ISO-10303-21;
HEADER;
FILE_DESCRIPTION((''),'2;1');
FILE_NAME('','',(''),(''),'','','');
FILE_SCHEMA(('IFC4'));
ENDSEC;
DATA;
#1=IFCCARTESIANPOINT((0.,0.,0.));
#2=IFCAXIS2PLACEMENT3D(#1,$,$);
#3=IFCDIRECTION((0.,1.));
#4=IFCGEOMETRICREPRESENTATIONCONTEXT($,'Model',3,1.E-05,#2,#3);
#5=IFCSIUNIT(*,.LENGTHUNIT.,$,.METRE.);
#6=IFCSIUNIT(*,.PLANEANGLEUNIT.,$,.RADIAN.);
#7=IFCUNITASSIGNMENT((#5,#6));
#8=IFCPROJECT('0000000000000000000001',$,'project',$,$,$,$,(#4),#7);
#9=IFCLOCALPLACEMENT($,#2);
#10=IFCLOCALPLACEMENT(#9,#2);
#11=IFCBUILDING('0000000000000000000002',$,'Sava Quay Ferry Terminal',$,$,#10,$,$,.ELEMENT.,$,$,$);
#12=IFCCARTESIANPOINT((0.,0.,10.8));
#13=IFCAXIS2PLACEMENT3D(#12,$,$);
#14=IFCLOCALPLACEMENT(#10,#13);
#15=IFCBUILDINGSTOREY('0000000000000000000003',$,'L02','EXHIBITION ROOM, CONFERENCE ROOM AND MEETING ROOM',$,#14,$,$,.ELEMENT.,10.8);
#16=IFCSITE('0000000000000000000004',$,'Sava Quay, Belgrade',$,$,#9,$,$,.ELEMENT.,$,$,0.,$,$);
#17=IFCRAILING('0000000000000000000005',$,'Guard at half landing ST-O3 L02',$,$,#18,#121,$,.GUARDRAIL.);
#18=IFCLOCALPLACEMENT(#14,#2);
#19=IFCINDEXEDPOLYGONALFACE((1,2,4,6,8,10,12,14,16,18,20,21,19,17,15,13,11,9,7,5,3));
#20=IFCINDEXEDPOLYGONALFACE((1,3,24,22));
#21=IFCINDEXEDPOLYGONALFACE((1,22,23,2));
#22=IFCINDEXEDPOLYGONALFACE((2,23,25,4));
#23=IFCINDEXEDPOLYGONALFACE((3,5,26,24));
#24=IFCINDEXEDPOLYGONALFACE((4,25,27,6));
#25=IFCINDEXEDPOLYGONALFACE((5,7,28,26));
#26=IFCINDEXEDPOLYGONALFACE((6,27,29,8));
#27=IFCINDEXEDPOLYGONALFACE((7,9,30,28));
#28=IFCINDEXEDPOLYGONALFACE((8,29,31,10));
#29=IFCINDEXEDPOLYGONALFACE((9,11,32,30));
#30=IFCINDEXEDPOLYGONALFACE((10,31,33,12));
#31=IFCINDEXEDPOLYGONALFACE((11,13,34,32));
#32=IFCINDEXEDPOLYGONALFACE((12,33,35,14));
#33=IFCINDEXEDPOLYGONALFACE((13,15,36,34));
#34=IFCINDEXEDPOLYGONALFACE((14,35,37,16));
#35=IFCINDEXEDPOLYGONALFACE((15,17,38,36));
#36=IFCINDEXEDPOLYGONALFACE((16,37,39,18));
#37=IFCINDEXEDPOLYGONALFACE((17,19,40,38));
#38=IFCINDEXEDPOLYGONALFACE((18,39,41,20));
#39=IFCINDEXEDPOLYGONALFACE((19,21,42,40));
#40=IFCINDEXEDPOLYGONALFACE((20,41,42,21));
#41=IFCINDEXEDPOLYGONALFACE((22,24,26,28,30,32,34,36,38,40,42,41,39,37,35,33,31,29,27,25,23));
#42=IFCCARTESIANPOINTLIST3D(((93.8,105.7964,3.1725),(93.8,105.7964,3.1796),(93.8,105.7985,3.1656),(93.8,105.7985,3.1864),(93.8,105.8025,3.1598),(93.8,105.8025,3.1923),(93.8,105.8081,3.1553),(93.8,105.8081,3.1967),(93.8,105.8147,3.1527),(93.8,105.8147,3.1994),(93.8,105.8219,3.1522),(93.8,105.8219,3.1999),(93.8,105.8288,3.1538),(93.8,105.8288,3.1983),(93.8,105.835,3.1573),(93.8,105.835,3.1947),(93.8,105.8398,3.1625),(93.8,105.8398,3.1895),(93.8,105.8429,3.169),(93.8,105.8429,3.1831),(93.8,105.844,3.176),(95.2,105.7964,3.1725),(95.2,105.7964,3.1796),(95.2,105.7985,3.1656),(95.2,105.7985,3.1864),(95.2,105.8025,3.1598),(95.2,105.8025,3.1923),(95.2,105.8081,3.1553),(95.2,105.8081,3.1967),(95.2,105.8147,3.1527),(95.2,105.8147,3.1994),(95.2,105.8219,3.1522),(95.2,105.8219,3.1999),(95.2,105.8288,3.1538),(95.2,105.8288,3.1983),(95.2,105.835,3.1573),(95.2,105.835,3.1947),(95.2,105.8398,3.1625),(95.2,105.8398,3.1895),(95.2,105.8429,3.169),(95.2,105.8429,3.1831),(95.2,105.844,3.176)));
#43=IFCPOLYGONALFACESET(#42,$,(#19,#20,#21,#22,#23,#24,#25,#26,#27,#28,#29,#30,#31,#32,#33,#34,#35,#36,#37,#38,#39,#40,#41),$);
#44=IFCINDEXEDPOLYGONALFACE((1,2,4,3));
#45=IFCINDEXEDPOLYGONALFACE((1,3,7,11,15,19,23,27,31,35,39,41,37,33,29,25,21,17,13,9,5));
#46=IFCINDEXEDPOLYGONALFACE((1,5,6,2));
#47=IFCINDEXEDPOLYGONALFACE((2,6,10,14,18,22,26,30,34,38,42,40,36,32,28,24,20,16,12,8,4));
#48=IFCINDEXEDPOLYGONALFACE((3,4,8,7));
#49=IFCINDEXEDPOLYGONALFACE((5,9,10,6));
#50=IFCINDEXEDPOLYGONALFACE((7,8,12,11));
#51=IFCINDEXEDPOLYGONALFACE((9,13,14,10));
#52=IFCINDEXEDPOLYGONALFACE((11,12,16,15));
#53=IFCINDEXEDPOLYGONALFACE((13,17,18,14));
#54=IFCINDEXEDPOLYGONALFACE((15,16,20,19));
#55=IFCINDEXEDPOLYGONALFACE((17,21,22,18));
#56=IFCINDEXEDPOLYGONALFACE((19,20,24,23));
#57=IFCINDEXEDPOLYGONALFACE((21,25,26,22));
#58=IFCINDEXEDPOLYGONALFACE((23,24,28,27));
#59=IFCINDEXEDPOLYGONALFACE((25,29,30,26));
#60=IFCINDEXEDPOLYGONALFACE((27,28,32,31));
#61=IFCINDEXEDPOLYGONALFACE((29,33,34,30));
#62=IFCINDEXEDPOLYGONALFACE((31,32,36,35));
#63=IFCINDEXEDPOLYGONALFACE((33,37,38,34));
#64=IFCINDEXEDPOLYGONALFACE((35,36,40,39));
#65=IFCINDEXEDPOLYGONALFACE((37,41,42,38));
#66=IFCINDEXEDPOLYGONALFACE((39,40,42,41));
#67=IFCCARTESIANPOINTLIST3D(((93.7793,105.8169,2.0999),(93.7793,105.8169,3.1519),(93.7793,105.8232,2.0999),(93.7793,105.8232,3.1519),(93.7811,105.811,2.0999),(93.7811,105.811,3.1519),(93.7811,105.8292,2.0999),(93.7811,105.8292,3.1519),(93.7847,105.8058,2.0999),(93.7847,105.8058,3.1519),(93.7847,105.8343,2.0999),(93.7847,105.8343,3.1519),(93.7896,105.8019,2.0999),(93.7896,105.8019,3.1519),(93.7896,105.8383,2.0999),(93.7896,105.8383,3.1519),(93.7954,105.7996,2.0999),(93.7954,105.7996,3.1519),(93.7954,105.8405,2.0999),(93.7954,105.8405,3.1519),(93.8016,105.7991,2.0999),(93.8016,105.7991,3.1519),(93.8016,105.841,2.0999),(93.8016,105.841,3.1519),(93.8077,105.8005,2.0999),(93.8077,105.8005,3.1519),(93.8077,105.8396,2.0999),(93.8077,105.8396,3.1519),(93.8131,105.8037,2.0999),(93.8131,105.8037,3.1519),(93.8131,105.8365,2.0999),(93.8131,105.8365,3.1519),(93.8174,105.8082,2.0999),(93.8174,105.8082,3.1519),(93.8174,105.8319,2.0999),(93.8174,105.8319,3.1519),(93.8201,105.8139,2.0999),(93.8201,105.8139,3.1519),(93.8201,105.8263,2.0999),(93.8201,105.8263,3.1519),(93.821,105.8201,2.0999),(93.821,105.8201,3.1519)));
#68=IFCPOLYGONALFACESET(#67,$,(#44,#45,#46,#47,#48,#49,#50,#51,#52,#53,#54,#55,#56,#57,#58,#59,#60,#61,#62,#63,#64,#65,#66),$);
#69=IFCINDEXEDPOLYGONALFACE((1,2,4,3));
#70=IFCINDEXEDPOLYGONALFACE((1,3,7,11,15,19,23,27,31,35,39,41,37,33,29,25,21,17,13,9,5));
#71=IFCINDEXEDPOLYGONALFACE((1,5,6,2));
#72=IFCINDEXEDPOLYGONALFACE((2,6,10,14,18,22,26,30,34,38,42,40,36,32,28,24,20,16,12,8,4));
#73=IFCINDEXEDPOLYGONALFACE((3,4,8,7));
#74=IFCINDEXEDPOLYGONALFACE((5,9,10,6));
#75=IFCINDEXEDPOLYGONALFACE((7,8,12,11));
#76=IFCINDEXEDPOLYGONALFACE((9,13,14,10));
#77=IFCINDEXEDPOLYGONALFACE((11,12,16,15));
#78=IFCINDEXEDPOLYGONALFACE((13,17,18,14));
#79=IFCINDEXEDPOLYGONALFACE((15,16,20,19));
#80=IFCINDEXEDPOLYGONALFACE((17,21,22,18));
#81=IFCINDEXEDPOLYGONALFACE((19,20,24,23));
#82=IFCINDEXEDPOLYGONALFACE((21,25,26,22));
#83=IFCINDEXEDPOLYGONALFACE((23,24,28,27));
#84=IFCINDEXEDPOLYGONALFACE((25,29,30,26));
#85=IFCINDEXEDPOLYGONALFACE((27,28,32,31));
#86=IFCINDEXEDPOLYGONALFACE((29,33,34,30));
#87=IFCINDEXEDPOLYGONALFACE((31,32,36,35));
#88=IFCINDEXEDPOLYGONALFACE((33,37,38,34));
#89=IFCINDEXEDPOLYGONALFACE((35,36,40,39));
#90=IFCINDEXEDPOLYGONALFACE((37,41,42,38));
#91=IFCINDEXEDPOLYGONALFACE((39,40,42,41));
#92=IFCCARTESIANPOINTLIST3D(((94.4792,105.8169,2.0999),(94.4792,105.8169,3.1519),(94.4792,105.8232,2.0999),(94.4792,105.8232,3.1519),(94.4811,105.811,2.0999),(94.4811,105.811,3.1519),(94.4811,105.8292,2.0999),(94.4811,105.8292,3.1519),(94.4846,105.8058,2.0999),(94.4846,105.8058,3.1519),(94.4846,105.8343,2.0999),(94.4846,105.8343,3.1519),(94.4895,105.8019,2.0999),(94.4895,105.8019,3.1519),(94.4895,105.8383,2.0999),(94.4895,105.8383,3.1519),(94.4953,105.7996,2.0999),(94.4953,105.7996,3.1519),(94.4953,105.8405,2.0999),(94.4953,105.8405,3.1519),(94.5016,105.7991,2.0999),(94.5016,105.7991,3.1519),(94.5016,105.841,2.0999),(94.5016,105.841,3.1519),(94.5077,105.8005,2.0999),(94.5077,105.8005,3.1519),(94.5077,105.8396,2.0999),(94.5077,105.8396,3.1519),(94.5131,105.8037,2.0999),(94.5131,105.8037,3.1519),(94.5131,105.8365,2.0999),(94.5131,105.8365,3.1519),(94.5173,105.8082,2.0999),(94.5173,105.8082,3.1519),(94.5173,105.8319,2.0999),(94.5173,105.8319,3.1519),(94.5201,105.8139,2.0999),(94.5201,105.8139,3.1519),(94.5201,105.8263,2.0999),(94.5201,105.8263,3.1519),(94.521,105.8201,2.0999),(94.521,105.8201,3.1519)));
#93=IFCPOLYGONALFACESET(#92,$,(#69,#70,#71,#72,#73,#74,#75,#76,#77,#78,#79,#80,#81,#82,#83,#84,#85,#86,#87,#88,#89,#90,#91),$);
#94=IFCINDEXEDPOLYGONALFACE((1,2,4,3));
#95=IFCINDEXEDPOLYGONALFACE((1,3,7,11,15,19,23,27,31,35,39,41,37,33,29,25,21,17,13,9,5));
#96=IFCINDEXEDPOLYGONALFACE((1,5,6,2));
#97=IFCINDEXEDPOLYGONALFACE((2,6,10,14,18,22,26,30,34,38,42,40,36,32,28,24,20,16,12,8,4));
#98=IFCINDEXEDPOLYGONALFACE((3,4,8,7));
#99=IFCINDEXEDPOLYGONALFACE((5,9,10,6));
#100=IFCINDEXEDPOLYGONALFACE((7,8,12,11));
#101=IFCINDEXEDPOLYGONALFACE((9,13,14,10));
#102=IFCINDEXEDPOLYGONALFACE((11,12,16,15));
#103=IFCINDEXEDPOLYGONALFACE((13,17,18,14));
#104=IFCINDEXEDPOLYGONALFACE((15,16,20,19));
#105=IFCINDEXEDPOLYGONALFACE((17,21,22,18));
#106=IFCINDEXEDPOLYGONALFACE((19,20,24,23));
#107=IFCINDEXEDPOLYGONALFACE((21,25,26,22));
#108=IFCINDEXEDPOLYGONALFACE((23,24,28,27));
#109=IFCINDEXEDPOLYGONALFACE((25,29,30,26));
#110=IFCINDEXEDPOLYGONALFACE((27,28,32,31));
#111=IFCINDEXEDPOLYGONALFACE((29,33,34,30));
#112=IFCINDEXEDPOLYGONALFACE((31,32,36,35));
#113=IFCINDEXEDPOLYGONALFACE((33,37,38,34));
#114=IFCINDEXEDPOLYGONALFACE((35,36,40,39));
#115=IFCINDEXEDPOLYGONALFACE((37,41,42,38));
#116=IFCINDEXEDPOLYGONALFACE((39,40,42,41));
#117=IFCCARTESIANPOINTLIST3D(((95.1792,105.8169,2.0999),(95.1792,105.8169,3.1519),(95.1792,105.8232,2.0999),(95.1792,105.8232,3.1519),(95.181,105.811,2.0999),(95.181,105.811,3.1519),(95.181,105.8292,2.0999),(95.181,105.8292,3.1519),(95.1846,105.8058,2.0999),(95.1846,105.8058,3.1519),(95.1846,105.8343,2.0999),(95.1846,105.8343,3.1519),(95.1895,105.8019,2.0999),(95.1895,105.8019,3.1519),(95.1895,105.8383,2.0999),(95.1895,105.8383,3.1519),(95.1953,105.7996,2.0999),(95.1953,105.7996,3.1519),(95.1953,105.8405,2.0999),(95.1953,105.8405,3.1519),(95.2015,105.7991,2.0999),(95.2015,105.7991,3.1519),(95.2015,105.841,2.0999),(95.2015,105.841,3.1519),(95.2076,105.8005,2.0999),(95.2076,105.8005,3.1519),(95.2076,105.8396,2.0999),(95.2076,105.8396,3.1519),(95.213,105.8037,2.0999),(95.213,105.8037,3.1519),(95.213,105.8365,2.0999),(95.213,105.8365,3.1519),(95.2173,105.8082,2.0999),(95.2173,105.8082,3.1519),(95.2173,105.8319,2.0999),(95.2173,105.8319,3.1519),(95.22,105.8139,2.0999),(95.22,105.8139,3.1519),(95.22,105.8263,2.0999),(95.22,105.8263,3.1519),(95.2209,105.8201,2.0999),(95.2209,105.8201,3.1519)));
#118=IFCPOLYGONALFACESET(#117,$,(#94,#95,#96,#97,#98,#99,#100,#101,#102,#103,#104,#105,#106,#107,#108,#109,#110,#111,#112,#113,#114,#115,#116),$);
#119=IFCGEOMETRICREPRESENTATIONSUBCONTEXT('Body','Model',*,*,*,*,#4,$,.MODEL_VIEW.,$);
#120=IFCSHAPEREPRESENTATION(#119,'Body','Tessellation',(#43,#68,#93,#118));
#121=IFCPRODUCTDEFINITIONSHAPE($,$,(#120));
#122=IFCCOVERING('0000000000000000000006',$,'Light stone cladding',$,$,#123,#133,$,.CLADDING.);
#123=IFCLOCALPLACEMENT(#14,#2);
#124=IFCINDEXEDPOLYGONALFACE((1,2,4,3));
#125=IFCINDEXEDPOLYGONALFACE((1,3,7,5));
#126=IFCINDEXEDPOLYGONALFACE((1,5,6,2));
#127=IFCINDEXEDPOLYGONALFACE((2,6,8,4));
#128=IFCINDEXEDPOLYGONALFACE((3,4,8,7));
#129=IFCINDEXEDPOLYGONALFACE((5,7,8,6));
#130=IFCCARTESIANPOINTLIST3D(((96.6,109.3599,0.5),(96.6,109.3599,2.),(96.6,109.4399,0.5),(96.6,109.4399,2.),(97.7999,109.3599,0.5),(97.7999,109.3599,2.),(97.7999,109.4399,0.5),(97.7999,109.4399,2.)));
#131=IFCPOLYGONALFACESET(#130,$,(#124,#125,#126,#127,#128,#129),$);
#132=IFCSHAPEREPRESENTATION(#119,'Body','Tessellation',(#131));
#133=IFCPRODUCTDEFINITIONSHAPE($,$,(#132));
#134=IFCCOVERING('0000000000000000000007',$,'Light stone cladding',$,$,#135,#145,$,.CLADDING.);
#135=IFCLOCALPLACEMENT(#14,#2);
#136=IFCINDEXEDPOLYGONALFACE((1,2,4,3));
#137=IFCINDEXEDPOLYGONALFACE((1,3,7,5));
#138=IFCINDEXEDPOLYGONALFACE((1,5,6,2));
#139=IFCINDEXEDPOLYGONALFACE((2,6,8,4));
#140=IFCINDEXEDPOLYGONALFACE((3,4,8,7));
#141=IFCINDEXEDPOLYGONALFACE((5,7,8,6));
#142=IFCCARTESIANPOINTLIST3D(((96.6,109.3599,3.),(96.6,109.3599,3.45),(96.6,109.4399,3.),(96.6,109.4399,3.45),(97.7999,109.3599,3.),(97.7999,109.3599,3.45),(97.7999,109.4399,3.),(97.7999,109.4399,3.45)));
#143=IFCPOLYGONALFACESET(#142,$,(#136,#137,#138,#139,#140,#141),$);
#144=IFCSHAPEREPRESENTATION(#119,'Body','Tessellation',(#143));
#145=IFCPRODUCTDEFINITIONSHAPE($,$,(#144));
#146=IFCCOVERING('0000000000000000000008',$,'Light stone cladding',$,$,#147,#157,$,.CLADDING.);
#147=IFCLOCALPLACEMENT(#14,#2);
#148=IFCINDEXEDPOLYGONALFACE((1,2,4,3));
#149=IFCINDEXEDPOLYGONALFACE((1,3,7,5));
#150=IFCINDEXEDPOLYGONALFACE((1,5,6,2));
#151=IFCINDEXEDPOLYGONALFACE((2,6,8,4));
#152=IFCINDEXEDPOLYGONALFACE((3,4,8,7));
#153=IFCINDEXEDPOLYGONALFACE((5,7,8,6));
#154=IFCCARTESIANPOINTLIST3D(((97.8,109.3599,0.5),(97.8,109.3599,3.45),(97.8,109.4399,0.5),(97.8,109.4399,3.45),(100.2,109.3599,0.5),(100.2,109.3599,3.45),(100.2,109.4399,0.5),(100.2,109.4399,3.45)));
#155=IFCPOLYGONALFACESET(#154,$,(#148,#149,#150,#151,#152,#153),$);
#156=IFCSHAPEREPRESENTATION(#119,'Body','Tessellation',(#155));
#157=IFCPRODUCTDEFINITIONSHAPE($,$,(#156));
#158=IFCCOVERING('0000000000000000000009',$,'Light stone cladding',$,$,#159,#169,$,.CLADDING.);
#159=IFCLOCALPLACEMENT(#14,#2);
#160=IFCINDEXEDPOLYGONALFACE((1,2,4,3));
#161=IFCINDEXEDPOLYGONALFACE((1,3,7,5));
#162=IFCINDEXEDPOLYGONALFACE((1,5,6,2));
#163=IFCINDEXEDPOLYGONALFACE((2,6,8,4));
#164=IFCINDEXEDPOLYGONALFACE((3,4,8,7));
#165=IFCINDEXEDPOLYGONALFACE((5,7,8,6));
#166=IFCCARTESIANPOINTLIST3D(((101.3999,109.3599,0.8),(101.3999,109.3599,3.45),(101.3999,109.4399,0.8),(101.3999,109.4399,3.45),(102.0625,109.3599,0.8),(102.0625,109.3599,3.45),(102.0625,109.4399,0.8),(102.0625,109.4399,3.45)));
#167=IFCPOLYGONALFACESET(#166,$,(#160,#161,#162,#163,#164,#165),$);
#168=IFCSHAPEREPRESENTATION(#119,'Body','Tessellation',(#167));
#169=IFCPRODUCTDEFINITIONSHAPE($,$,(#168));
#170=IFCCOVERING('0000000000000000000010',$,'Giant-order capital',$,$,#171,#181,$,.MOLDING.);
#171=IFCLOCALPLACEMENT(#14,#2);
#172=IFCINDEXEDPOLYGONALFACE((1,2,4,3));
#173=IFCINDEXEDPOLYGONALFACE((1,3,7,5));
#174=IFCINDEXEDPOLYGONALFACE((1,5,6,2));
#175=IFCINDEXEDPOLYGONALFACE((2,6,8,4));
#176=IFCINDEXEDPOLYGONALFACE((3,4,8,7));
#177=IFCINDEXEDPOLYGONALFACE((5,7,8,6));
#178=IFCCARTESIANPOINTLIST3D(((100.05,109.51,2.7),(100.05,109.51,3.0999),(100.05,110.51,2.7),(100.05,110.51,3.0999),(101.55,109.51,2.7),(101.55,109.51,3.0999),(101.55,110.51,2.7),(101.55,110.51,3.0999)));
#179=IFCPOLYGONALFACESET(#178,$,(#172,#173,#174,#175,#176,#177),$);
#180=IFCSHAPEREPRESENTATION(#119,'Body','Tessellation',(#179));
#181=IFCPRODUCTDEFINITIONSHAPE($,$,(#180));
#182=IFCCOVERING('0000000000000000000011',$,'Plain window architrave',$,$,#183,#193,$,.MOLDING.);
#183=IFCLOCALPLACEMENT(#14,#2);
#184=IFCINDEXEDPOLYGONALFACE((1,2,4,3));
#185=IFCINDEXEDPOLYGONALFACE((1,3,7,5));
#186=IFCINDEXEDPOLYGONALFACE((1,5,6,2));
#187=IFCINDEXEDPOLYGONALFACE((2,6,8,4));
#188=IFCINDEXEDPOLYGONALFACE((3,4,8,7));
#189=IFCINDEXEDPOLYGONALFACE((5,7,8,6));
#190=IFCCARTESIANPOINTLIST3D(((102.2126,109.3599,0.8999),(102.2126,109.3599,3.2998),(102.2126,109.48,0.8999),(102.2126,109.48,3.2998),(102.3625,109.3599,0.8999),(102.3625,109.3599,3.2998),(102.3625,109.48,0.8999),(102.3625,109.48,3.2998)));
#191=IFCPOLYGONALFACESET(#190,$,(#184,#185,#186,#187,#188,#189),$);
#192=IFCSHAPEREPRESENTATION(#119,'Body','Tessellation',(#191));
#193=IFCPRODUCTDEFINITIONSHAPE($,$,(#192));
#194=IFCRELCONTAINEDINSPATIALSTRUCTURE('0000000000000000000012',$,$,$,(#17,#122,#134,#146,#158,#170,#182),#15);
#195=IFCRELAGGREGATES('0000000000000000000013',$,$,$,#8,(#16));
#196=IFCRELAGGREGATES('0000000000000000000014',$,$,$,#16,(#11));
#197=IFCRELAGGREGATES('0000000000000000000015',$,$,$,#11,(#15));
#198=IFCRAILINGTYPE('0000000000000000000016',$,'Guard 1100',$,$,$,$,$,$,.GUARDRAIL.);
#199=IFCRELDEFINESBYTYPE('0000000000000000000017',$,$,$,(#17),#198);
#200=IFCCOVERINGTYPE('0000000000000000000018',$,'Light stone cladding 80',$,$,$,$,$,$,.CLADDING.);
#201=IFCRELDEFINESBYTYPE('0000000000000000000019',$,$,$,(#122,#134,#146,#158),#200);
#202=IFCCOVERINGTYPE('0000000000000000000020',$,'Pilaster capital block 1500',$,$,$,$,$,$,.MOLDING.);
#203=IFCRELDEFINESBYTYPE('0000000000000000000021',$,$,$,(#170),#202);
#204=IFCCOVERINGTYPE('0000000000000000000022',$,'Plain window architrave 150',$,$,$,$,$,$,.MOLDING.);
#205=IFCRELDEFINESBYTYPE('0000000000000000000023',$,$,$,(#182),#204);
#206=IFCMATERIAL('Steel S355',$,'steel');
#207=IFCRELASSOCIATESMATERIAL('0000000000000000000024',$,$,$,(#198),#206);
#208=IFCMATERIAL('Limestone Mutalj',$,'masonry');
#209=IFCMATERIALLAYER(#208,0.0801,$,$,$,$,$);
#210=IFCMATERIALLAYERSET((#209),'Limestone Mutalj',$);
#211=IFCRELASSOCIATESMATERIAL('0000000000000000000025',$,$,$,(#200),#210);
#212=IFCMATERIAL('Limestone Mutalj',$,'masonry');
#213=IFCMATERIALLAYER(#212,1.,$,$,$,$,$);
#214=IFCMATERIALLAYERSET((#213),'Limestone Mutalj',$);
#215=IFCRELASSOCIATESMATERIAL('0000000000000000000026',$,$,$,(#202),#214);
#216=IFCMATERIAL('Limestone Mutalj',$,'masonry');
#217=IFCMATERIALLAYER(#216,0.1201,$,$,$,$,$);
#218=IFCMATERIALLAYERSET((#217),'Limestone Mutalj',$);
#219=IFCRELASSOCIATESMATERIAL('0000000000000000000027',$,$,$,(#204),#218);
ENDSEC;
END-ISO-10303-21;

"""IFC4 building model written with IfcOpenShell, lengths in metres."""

from ifc_helpers import new_model, si_unit, direction, frame, origin, origin_2d, place, context, subcontext, project, spatial, rectangle, circle, extrude, material, layer, layer_set, type_object, element, save


model = new_model("IFC4")

# Units and contexts
model_context = context("Model", 3, precision=1e-05, world=origin(), true_north=direction((0.0, 1.0)))
body_context = subcontext(model_context, "Body", "Model", "MODEL_VIEW")
ifc_project = project(units=[si_unit("LENGTHUNIT", "METRE"), si_unit("PLANEANGLEUNIT", "RADIAN")], contexts=[model_context])

# Site, building, storey
site_placement = place(None, origin())
site = spatial("IfcSite", under=ifc_project, at=site_placement, Name="Sava Quay, Belgrade", CompositionType="ELEMENT", RefElevation=0.0)
building_placement = place(site_placement, origin())
building = spatial("IfcBuilding", under=site, at=building_placement, Name="Sava Quay Ferry Terminal", CompositionType="ELEMENT")
storey_placement = place(building_placement, frame((0.0, 0.0, 10.8)))
storey = spatial("IfcBuildingStorey", under=building, at=storey_placement, Name="L02", Description="EXHIBITION ROOM, CONFERENCE ROOM AND MEETING ROOM", CompositionType="ELEMENT", Elevation=10.8)

# Railing
ifc_material_1 = material(Name="Steel S355", Category="steel")
railing_type_1 = type_object("IfcRailingType", Name="Guard 1100", PredefinedType="GUARDRAIL", material=ifc_material_1)
railing_1_placement = place(storey_placement, frame((93.8, 105.8201, 2.0999)))
element("IfcRailing", 1, at=railing_1_placement, inside=storey, type_object=railing_type_1, Name="Guard at half landing ST-O3 L02", PredefinedType="GUARDRAIL", context=body_context, shape_type="SweptSolid", body=[
    extrude(circle(Radius=0.0239, at=origin_2d()), frame((0.0, 0.0, 1.0762), z_axis=(1.0, 0.0, 0.0), x_axis=(0.0, 1.0, 0.0)), (0.0, 0.0, 1.0), 1.3999),
    extrude(circle(Radius=0.021, at=origin_2d()), origin(), (0.0, 0.0, 1.0), 1.052),
    extrude(circle(Radius=0.021, at=origin_2d()), frame((0.7, 0.0, 0.0)), (0.0, 0.0, 1.0), 1.052),
    extrude(circle(Radius=0.021, at=origin_2d()), frame((1.3999, 0.0, 0.0)), (0.0, 0.0, 1.0), 1.052),
])

# Coverings
ifc_material_2 = material(Name="Limestone Mutalj", Category="masonry")
ifc_layer_1 = layer(ifc_material_2, 0.0801)
ifc_layer_set_1 = layer_set([ifc_layer_1], Name="Limestone Mutalj")
covering_type_1 = type_object("IfcCoveringType", Name="Light stone cladding 80", PredefinedType="CLADDING", material=ifc_layer_set_1)
covering_1_placement = place(storey_placement, frame((97.2, 109.3999, 0.5), z_axis=(0.0, 0.0, 1.0), x_axis=(1.0, 0.0, 0.0)))
element("IfcCovering", 2, at=covering_1_placement, inside=storey, type_object=covering_type_1, Name="Light stone cladding", PredefinedType="CLADDING", context=body_context, shape_type="SweptSolid", body=[
    extrude(rectangle(XDim=1.2, YDim=0.0801, at=origin_2d()), origin(), (0.0, 0.0, 1.0), 1.5),
])
covering_2_placement = place(storey_placement, frame((97.2, 109.3999, 3.0), z_axis=(0.0, 0.0, 1.0), x_axis=(1.0, 0.0, 0.0)))
element("IfcCovering", 3, at=covering_2_placement, inside=storey, type_object=covering_type_1, Name="Light stone cladding", PredefinedType="CLADDING", context=body_context, shape_type="SweptSolid", body=[
    extrude(rectangle(XDim=1.2, YDim=0.0801, at=origin_2d()), origin(), (0.0, 0.0, 1.0), 0.45),
])
covering_3_placement = place(storey_placement, frame((99.0, 109.3999, 0.5), z_axis=(0.0, 0.0, 1.0), x_axis=(1.0, 0.0, 0.0)))
element("IfcCovering", 4, at=covering_3_placement, inside=storey, type_object=covering_type_1, Name="Light stone cladding", PredefinedType="CLADDING", context=body_context, shape_type="SweptSolid", body=[
    extrude(rectangle(XDim=2.3999, YDim=0.0801, at=origin_2d()), origin(), (0.0, 0.0, 1.0), 2.95),
])
covering_4_placement = place(storey_placement, frame((101.7312, 109.3999, 0.8), z_axis=(0.0, 0.0, 1.0), x_axis=(1.0, 0.0, 0.0)))
element("IfcCovering", 5, at=covering_4_placement, inside=storey, type_object=covering_type_1, Name="Light stone cladding", PredefinedType="CLADDING", context=body_context, shape_type="SweptSolid", body=[
    extrude(rectangle(XDim=0.6626, YDim=0.0801, at=origin_2d()), origin(), (0.0, 0.0, 1.0), 2.6499),
])
ifc_material_3 = material(Name="Limestone Mutalj", Category="masonry")
ifc_layer_2 = layer(ifc_material_3, 1.0)
ifc_layer_set_2 = layer_set([ifc_layer_2], Name="Limestone Mutalj")
covering_type_2 = type_object("IfcCoveringType", Name="Pilaster capital block 1500", PredefinedType="MOLDING", material=ifc_layer_set_2)
covering_5_placement = place(storey_placement, frame((100.8, 110.01, 2.7), z_axis=(0.0, 0.0, 1.0), x_axis=(1.0, 0.0, 0.0)))
element("IfcCovering", 6, at=covering_5_placement, inside=storey, type_object=covering_type_2, Name="Giant-order capital", PredefinedType="MOLDING", context=body_context, shape_type="SweptSolid", body=[
    extrude(rectangle(XDim=1.5, YDim=1.0, at=origin_2d()), origin(), (0.0, 0.0, 1.0), 0.3999),
])
ifc_material_4 = material(Name="Limestone Mutalj", Category="masonry")
ifc_layer_3 = layer(ifc_material_4, 0.1201)
ifc_layer_set_3 = layer_set([ifc_layer_3], Name="Limestone Mutalj")
covering_type_3 = type_object("IfcCoveringType", Name="Plain window architrave 150", PredefinedType="MOLDING", material=ifc_layer_set_3)
covering_6_placement = place(storey_placement, frame((102.2876, 109.4199, 0.8999), z_axis=(0.0, 0.0, 1.0), x_axis=(1.0, 0.0, 0.0)))
element("IfcCovering", 7, at=covering_6_placement, inside=storey, type_object=covering_type_3, Name="Plain window architrave", PredefinedType="MOLDING", context=body_context, shape_type="SweptSolid", body=[
    extrude(rectangle(XDim=0.1499, YDim=0.1201, at=origin_2d()), origin(), (0.0, 0.0, 1.0), 2.3999),
])

save(model, "model.ifc")
